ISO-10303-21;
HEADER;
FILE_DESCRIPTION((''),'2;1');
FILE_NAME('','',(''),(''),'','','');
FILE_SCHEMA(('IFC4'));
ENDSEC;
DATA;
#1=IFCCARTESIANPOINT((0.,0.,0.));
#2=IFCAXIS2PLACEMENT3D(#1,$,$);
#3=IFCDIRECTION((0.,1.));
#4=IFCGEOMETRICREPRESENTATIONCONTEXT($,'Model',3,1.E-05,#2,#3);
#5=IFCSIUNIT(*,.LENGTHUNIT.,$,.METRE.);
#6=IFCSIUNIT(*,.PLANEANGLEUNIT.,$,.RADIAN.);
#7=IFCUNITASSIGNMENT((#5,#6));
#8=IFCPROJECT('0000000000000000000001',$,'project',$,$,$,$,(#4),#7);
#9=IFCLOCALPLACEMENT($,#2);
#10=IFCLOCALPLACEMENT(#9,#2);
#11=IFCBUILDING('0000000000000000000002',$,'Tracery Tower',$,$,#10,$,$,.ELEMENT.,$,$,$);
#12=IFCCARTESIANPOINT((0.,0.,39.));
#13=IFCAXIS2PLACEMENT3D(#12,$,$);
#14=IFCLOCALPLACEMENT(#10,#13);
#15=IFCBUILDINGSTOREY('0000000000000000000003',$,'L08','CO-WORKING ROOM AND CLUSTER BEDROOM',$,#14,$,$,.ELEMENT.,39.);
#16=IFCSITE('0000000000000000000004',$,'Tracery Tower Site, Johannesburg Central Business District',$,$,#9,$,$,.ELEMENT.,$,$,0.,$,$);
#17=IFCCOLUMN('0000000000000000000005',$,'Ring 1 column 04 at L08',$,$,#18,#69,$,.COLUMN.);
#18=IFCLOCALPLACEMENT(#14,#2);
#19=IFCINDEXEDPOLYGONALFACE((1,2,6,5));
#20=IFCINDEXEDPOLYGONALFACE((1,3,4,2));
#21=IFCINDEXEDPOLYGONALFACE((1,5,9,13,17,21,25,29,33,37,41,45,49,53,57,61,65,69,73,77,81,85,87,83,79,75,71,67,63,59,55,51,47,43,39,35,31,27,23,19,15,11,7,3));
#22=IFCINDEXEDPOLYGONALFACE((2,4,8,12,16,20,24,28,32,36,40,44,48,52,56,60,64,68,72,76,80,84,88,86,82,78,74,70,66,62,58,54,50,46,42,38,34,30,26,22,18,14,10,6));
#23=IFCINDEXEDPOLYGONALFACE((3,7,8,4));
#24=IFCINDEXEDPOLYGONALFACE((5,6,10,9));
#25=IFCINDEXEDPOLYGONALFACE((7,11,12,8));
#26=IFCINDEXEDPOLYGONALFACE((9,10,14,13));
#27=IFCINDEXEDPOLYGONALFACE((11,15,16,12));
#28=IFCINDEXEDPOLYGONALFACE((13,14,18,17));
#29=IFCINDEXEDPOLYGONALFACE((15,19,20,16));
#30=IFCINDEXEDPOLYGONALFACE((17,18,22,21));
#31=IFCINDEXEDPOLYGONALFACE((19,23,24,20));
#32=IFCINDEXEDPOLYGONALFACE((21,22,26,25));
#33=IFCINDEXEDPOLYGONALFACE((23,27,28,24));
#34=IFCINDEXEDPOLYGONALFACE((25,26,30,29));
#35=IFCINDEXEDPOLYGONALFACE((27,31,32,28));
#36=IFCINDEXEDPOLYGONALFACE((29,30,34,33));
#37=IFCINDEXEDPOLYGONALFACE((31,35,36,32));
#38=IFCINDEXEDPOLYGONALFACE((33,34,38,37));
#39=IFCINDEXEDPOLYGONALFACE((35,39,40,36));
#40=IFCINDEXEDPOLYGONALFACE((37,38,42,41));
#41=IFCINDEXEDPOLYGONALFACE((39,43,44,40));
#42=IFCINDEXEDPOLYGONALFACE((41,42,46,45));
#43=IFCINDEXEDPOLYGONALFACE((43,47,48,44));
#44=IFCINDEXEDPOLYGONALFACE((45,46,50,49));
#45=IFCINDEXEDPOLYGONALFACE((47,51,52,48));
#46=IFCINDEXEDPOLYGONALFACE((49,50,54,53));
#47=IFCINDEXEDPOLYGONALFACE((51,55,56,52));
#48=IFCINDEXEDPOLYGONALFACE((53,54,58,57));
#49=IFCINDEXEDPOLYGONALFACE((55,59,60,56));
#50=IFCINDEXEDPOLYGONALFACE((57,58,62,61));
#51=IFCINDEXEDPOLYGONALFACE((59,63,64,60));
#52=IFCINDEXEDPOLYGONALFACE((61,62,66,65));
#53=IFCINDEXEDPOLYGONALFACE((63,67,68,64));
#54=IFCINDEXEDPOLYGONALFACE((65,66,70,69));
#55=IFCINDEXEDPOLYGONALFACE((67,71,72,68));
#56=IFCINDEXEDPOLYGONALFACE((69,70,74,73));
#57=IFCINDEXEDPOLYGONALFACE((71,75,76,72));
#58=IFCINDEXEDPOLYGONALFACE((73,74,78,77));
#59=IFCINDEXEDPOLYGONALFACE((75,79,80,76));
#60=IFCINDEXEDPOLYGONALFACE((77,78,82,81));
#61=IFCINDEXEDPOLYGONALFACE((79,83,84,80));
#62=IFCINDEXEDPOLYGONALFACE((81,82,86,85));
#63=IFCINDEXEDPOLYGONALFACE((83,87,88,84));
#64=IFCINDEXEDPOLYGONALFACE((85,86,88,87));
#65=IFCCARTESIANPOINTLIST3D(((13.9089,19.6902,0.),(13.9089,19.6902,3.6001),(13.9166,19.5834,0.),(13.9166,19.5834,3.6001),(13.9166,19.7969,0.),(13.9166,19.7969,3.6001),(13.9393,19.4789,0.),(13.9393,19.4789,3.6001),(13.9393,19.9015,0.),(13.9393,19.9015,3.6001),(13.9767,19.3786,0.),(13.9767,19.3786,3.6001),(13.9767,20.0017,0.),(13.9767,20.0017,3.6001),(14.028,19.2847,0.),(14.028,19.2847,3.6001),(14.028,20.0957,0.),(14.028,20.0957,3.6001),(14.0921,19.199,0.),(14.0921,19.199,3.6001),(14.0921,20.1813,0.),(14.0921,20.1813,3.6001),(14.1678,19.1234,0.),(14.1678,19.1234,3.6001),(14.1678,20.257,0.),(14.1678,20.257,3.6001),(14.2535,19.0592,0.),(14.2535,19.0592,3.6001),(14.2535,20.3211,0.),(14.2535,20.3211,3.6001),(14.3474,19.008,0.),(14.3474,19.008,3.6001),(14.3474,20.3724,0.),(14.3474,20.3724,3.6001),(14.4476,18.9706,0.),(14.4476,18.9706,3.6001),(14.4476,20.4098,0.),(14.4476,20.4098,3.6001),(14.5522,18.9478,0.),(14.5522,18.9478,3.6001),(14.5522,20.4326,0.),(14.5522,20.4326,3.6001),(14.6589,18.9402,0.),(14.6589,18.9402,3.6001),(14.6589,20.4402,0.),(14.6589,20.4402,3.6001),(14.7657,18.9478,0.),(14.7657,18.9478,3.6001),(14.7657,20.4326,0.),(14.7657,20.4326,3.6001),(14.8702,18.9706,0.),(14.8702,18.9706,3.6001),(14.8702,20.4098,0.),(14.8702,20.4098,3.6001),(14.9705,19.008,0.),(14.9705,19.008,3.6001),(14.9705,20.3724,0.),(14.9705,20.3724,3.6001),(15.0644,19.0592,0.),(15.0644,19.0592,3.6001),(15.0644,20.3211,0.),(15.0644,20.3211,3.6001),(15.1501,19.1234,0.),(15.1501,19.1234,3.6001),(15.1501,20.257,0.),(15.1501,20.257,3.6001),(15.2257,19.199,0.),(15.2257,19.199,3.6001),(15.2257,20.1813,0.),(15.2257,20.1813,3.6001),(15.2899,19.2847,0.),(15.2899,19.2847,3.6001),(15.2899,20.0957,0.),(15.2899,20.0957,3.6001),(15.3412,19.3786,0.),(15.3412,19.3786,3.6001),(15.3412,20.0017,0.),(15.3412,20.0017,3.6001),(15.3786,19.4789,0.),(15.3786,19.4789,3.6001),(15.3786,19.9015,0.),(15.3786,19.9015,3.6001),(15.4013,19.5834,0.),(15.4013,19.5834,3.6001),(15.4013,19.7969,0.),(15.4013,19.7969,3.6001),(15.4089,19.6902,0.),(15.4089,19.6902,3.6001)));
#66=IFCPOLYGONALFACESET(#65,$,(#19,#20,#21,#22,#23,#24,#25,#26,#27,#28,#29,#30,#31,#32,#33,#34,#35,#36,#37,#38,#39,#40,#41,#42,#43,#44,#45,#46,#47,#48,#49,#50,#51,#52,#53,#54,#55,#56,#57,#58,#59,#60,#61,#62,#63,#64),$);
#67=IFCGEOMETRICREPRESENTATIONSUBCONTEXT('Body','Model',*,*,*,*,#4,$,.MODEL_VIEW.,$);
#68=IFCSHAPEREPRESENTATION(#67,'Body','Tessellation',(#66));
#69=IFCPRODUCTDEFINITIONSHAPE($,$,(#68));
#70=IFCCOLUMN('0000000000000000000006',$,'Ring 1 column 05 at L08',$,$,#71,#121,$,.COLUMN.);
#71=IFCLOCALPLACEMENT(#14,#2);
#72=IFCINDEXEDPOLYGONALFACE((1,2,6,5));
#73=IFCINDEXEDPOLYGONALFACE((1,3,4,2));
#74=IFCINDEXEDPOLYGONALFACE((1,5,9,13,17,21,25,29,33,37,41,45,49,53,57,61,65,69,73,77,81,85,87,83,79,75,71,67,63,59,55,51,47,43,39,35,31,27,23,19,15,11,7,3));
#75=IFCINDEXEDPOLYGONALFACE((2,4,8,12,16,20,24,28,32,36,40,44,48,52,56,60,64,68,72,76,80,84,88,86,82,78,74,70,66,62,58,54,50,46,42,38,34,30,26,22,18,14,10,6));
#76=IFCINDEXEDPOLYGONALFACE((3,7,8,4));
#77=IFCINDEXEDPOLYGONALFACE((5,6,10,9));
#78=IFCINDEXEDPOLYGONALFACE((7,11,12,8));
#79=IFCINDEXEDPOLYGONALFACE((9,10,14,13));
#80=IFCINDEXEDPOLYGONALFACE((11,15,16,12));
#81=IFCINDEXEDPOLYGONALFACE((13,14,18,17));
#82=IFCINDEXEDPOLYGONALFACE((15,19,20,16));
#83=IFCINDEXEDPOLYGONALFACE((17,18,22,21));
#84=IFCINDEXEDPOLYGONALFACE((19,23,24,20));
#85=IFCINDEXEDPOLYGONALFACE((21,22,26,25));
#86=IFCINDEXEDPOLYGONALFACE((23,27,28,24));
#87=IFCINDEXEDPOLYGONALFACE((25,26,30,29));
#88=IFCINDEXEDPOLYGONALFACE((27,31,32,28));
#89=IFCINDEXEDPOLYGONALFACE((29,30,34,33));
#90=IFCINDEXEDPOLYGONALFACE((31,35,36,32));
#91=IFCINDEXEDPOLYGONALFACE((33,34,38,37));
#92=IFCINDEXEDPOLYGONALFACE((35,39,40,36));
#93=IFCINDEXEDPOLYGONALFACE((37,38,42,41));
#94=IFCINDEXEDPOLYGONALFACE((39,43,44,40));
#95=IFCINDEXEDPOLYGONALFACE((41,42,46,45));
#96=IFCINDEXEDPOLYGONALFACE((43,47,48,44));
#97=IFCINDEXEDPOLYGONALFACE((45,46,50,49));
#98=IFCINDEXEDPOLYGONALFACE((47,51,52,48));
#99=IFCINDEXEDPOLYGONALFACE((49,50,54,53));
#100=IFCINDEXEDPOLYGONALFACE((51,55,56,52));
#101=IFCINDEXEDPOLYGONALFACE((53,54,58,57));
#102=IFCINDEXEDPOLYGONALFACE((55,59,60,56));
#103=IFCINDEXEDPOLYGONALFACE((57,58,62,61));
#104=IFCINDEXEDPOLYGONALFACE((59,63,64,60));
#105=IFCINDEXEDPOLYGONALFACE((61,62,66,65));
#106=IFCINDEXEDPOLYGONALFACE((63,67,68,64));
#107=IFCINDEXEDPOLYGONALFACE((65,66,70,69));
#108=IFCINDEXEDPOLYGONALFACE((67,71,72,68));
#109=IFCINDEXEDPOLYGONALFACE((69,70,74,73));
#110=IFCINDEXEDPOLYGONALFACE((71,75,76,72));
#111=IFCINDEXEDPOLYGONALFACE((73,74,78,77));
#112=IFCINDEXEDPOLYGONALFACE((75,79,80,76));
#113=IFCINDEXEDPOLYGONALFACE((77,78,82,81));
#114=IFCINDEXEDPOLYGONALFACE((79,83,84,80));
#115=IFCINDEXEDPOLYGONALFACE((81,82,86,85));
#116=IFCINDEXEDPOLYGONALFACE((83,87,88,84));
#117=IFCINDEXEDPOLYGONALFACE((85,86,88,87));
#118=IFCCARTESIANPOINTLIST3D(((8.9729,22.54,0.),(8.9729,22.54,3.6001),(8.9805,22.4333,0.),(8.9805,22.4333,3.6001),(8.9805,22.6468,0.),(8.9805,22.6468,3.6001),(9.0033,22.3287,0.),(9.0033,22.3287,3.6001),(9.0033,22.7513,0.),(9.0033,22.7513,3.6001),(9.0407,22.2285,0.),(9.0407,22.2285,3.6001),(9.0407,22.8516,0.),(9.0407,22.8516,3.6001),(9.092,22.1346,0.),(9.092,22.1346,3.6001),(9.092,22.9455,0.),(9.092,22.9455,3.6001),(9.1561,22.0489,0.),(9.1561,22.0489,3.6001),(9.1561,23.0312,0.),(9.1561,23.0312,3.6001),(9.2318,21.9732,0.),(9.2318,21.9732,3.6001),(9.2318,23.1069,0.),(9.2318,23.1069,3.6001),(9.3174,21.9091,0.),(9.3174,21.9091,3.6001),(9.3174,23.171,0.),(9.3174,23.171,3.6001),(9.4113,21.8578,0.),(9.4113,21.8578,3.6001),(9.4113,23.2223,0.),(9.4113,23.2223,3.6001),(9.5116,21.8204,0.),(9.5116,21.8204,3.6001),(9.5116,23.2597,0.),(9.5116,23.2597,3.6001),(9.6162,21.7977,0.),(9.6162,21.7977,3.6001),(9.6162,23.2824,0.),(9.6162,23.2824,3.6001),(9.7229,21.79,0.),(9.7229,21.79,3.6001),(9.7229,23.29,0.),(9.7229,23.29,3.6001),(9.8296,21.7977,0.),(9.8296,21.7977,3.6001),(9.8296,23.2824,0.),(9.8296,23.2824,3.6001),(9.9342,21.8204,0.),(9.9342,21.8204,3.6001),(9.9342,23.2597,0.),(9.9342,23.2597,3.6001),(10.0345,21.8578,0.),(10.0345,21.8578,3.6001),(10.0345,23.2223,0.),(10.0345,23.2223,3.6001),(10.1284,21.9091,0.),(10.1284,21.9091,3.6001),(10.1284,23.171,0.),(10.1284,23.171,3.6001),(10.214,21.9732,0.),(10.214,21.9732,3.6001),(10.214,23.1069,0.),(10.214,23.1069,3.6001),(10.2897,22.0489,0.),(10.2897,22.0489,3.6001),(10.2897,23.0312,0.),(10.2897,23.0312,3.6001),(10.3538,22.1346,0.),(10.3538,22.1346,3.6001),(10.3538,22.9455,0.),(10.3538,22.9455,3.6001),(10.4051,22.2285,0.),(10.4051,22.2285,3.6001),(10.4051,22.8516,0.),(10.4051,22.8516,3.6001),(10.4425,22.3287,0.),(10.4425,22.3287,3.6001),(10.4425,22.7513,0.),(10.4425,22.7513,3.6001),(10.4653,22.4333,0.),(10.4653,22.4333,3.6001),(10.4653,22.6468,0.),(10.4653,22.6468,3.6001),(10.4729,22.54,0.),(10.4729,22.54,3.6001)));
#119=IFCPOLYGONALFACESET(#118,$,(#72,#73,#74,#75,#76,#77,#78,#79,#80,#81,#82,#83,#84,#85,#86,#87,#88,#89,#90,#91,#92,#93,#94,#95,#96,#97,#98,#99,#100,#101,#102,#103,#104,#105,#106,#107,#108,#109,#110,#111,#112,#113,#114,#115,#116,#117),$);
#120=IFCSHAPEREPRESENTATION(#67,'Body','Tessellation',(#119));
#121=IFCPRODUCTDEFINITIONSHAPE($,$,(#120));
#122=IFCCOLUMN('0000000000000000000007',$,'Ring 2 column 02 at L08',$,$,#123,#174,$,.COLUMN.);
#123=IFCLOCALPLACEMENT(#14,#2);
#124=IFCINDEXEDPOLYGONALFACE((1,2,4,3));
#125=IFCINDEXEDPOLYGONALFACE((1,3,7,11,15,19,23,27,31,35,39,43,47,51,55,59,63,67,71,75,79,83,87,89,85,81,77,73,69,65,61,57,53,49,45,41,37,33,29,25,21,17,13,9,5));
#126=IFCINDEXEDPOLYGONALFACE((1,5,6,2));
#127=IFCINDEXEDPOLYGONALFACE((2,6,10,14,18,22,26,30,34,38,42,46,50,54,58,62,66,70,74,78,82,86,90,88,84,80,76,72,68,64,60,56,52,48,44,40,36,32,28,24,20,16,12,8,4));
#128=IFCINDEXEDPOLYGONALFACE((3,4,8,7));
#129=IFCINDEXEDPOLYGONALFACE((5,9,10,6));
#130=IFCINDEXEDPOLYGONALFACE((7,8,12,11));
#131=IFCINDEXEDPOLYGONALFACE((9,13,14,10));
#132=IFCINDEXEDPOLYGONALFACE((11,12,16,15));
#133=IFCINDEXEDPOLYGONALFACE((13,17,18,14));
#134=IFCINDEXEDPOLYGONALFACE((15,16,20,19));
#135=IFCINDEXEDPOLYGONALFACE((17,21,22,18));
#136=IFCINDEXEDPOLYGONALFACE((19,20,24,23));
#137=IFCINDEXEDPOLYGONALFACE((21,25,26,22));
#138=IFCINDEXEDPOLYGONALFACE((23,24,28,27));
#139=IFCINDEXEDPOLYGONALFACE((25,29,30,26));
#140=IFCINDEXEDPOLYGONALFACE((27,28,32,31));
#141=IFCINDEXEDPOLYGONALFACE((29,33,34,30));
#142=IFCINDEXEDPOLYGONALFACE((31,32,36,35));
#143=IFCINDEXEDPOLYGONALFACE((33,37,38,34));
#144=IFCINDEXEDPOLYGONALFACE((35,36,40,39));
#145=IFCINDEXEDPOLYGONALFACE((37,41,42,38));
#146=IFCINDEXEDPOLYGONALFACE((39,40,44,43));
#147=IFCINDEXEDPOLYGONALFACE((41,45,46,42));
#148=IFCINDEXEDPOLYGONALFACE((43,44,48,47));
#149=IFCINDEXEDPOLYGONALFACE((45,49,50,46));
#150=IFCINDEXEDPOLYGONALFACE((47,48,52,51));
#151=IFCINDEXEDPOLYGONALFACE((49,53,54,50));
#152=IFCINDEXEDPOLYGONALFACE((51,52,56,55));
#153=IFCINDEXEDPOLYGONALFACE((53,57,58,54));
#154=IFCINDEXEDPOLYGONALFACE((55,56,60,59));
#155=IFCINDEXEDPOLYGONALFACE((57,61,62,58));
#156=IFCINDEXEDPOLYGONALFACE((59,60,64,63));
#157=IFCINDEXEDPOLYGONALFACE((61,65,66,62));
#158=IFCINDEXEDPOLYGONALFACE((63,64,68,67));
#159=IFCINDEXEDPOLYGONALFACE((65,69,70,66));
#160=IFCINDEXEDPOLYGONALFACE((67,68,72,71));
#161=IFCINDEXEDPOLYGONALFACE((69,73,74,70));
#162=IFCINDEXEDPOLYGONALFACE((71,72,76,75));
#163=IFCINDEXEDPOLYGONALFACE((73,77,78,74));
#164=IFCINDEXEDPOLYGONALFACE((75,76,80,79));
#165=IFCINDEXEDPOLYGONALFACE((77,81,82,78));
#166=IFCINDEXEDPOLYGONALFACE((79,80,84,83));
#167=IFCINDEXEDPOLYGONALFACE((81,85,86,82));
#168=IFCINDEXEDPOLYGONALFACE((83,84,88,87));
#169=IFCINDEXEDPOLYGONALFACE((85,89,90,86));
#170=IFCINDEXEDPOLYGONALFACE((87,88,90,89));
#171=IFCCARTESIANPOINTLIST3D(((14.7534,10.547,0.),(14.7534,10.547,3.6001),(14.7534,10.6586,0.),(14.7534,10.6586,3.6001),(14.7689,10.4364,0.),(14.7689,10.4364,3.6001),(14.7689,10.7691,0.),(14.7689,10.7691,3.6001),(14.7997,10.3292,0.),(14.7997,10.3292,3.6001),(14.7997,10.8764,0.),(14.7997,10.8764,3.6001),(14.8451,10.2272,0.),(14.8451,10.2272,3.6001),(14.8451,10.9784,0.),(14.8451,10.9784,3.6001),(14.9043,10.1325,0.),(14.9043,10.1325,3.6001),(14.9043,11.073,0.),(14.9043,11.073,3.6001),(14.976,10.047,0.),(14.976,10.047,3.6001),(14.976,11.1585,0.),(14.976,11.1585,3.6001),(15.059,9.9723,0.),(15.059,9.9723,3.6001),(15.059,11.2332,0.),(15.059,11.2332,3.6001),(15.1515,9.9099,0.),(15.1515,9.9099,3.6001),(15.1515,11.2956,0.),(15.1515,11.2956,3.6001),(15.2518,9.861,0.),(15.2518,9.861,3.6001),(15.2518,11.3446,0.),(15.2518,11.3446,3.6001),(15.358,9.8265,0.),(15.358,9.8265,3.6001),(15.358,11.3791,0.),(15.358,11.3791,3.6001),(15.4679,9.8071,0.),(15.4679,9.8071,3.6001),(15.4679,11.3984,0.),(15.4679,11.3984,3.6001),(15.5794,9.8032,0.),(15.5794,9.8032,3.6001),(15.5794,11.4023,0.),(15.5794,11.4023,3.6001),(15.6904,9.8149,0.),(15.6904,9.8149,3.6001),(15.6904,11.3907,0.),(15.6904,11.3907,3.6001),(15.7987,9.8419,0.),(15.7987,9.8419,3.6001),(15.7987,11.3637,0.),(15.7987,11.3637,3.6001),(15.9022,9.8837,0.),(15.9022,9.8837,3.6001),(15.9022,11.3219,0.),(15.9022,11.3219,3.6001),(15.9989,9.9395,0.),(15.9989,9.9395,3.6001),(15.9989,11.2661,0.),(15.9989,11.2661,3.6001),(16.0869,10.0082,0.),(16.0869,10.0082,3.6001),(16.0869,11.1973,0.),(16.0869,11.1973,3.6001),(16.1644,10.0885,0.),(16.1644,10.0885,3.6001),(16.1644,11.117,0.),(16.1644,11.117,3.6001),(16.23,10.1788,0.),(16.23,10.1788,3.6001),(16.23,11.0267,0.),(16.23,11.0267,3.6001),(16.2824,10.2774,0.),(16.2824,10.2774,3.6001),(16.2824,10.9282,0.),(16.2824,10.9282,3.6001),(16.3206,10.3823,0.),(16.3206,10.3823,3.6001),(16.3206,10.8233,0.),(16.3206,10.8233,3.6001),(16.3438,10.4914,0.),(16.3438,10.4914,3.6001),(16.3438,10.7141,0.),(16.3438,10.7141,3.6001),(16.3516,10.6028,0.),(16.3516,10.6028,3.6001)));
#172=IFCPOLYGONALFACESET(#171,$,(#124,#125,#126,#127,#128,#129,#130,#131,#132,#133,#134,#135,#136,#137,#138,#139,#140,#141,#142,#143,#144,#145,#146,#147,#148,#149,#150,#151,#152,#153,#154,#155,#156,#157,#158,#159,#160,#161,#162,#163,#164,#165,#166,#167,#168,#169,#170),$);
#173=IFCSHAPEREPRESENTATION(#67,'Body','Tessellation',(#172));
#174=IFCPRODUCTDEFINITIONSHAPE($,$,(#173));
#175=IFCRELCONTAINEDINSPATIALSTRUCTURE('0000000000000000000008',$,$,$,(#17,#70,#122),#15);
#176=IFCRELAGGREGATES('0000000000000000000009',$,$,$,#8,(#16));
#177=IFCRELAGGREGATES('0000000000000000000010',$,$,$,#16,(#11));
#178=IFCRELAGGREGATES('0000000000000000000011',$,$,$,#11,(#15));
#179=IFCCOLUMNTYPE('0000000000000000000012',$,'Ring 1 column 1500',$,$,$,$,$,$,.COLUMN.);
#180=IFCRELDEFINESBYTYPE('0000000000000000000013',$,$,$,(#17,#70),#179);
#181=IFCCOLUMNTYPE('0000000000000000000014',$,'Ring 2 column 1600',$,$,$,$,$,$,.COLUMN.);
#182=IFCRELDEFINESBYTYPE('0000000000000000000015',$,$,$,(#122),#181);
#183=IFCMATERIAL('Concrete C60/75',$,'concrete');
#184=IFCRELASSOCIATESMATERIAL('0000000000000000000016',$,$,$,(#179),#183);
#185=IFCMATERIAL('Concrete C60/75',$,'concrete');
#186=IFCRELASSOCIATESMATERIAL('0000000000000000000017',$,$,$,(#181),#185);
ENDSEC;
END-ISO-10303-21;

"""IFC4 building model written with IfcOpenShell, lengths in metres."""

from ifc_helpers import new_model, si_unit, direction, frame, origin, origin_2d, place, context, subcontext, project, spatial, circle, extrude, material, material_profile, profile_set, type_object, element, save


model = new_model("IFC4")

# Units and contexts
model_context = context("Model", 3, precision=1e-05, world=origin(), true_north=direction((0.0, 1.0)))
body_context = subcontext(model_context, "Body", "Model", "MODEL_VIEW")
ifc_project = project(units=[si_unit("LENGTHUNIT", "METRE"), si_unit("PLANEANGLEUNIT", "RADIAN")], contexts=[model_context])

# Site, building, storey
site_placement = place(None, origin())
site = spatial("IfcSite", under=ifc_project, at=site_placement, Name="Tracery Tower Site, Johannesburg Central Business District", CompositionType="ELEMENT", RefElevation=0.0)
building_placement = place(site_placement, origin())
building = spatial("IfcBuilding", under=site, at=building_placement, Name="Tracery Tower", CompositionType="ELEMENT")
storey_placement = place(building_placement, frame((0.0, 0.0, 39.0)))
storey = spatial("IfcBuildingStorey", under=building, at=storey_placement, Name="L08", Description="CO-WORKING ROOM AND CLUSTER BEDROOM", CompositionType="ELEMENT", Elevation=39.0)

# Columns
ifc_material_1 = material(Name="Concrete C60/75", Category="concrete")
ifc_material_profile_1 = material_profile(ifc_material_1, circle(Radius=0.75, at=origin_2d()), Name="RC D1500")
ifc_profile_set_1 = profile_set([ifc_material_profile_1], Name="Concrete C60/75")
column_type_1 = type_object("IfcColumnType", Name="Ring 1 column 1500", PredefinedType="COLUMN", material=ifc_profile_set_1)
for number, where, z_axis, x_axis, name in (
    (1, (14.6589, 19.6902, 0.0), (0.0, 0.0, 1.0), (1.0, 0.0, 0.0), "Ring 1 column 04 at L08"),
    (2, (9.7229, 22.54, 0.0), (0.0, 0.0, 1.0), (1.0, 0.0, 0.0), "Ring 1 column 05 at L08"),
):
    element("IfcColumn", number, at=place(storey_placement, frame(where, z_axis=z_axis, x_axis=x_axis)), inside=storey, type_object=column_type_1, Name=name, PredefinedType="COLUMN", context=body_context, shape_type="SweptSolid", body=[
        extrude(circle(Radius=0.75, at=origin_2d()), origin(), (0.0, 0.0, 1.0), 3.6001),
    ])
ifc_material_2 = material(Name="Concrete C60/75", Category="concrete")
ifc_material_profile_2 = material_profile(ifc_material_2, circle(Radius=0.8, at=origin_2d()), Name="RC D1600")
ifc_profile_set_2 = profile_set([ifc_material_profile_2], Name="Concrete C60/75")
column_type_2 = type_object("IfcColumnType", Name="Ring 2 column 1600", PredefinedType="COLUMN", material=ifc_profile_set_2)
for number, where, z_axis, x_axis, name in (
    (3, (15.5515, 10.6028, 0.0), (0.0, 0.0, 1.0), (1.0, 0.0, 0.0), "Ring 2 column 02 at L08"),
):
    element("IfcColumn", number, at=place(storey_placement, frame(where, z_axis=z_axis, x_axis=x_axis)), inside=storey, type_object=column_type_2, Name=name, PredefinedType="COLUMN", context=body_context, shape_type="SweptSolid", body=[
        extrude(circle(Radius=0.8, at=origin_2d()), origin(), (0.0, 0.0, 1.0), 3.6001),
    ])

save(model, "model.ifc")
